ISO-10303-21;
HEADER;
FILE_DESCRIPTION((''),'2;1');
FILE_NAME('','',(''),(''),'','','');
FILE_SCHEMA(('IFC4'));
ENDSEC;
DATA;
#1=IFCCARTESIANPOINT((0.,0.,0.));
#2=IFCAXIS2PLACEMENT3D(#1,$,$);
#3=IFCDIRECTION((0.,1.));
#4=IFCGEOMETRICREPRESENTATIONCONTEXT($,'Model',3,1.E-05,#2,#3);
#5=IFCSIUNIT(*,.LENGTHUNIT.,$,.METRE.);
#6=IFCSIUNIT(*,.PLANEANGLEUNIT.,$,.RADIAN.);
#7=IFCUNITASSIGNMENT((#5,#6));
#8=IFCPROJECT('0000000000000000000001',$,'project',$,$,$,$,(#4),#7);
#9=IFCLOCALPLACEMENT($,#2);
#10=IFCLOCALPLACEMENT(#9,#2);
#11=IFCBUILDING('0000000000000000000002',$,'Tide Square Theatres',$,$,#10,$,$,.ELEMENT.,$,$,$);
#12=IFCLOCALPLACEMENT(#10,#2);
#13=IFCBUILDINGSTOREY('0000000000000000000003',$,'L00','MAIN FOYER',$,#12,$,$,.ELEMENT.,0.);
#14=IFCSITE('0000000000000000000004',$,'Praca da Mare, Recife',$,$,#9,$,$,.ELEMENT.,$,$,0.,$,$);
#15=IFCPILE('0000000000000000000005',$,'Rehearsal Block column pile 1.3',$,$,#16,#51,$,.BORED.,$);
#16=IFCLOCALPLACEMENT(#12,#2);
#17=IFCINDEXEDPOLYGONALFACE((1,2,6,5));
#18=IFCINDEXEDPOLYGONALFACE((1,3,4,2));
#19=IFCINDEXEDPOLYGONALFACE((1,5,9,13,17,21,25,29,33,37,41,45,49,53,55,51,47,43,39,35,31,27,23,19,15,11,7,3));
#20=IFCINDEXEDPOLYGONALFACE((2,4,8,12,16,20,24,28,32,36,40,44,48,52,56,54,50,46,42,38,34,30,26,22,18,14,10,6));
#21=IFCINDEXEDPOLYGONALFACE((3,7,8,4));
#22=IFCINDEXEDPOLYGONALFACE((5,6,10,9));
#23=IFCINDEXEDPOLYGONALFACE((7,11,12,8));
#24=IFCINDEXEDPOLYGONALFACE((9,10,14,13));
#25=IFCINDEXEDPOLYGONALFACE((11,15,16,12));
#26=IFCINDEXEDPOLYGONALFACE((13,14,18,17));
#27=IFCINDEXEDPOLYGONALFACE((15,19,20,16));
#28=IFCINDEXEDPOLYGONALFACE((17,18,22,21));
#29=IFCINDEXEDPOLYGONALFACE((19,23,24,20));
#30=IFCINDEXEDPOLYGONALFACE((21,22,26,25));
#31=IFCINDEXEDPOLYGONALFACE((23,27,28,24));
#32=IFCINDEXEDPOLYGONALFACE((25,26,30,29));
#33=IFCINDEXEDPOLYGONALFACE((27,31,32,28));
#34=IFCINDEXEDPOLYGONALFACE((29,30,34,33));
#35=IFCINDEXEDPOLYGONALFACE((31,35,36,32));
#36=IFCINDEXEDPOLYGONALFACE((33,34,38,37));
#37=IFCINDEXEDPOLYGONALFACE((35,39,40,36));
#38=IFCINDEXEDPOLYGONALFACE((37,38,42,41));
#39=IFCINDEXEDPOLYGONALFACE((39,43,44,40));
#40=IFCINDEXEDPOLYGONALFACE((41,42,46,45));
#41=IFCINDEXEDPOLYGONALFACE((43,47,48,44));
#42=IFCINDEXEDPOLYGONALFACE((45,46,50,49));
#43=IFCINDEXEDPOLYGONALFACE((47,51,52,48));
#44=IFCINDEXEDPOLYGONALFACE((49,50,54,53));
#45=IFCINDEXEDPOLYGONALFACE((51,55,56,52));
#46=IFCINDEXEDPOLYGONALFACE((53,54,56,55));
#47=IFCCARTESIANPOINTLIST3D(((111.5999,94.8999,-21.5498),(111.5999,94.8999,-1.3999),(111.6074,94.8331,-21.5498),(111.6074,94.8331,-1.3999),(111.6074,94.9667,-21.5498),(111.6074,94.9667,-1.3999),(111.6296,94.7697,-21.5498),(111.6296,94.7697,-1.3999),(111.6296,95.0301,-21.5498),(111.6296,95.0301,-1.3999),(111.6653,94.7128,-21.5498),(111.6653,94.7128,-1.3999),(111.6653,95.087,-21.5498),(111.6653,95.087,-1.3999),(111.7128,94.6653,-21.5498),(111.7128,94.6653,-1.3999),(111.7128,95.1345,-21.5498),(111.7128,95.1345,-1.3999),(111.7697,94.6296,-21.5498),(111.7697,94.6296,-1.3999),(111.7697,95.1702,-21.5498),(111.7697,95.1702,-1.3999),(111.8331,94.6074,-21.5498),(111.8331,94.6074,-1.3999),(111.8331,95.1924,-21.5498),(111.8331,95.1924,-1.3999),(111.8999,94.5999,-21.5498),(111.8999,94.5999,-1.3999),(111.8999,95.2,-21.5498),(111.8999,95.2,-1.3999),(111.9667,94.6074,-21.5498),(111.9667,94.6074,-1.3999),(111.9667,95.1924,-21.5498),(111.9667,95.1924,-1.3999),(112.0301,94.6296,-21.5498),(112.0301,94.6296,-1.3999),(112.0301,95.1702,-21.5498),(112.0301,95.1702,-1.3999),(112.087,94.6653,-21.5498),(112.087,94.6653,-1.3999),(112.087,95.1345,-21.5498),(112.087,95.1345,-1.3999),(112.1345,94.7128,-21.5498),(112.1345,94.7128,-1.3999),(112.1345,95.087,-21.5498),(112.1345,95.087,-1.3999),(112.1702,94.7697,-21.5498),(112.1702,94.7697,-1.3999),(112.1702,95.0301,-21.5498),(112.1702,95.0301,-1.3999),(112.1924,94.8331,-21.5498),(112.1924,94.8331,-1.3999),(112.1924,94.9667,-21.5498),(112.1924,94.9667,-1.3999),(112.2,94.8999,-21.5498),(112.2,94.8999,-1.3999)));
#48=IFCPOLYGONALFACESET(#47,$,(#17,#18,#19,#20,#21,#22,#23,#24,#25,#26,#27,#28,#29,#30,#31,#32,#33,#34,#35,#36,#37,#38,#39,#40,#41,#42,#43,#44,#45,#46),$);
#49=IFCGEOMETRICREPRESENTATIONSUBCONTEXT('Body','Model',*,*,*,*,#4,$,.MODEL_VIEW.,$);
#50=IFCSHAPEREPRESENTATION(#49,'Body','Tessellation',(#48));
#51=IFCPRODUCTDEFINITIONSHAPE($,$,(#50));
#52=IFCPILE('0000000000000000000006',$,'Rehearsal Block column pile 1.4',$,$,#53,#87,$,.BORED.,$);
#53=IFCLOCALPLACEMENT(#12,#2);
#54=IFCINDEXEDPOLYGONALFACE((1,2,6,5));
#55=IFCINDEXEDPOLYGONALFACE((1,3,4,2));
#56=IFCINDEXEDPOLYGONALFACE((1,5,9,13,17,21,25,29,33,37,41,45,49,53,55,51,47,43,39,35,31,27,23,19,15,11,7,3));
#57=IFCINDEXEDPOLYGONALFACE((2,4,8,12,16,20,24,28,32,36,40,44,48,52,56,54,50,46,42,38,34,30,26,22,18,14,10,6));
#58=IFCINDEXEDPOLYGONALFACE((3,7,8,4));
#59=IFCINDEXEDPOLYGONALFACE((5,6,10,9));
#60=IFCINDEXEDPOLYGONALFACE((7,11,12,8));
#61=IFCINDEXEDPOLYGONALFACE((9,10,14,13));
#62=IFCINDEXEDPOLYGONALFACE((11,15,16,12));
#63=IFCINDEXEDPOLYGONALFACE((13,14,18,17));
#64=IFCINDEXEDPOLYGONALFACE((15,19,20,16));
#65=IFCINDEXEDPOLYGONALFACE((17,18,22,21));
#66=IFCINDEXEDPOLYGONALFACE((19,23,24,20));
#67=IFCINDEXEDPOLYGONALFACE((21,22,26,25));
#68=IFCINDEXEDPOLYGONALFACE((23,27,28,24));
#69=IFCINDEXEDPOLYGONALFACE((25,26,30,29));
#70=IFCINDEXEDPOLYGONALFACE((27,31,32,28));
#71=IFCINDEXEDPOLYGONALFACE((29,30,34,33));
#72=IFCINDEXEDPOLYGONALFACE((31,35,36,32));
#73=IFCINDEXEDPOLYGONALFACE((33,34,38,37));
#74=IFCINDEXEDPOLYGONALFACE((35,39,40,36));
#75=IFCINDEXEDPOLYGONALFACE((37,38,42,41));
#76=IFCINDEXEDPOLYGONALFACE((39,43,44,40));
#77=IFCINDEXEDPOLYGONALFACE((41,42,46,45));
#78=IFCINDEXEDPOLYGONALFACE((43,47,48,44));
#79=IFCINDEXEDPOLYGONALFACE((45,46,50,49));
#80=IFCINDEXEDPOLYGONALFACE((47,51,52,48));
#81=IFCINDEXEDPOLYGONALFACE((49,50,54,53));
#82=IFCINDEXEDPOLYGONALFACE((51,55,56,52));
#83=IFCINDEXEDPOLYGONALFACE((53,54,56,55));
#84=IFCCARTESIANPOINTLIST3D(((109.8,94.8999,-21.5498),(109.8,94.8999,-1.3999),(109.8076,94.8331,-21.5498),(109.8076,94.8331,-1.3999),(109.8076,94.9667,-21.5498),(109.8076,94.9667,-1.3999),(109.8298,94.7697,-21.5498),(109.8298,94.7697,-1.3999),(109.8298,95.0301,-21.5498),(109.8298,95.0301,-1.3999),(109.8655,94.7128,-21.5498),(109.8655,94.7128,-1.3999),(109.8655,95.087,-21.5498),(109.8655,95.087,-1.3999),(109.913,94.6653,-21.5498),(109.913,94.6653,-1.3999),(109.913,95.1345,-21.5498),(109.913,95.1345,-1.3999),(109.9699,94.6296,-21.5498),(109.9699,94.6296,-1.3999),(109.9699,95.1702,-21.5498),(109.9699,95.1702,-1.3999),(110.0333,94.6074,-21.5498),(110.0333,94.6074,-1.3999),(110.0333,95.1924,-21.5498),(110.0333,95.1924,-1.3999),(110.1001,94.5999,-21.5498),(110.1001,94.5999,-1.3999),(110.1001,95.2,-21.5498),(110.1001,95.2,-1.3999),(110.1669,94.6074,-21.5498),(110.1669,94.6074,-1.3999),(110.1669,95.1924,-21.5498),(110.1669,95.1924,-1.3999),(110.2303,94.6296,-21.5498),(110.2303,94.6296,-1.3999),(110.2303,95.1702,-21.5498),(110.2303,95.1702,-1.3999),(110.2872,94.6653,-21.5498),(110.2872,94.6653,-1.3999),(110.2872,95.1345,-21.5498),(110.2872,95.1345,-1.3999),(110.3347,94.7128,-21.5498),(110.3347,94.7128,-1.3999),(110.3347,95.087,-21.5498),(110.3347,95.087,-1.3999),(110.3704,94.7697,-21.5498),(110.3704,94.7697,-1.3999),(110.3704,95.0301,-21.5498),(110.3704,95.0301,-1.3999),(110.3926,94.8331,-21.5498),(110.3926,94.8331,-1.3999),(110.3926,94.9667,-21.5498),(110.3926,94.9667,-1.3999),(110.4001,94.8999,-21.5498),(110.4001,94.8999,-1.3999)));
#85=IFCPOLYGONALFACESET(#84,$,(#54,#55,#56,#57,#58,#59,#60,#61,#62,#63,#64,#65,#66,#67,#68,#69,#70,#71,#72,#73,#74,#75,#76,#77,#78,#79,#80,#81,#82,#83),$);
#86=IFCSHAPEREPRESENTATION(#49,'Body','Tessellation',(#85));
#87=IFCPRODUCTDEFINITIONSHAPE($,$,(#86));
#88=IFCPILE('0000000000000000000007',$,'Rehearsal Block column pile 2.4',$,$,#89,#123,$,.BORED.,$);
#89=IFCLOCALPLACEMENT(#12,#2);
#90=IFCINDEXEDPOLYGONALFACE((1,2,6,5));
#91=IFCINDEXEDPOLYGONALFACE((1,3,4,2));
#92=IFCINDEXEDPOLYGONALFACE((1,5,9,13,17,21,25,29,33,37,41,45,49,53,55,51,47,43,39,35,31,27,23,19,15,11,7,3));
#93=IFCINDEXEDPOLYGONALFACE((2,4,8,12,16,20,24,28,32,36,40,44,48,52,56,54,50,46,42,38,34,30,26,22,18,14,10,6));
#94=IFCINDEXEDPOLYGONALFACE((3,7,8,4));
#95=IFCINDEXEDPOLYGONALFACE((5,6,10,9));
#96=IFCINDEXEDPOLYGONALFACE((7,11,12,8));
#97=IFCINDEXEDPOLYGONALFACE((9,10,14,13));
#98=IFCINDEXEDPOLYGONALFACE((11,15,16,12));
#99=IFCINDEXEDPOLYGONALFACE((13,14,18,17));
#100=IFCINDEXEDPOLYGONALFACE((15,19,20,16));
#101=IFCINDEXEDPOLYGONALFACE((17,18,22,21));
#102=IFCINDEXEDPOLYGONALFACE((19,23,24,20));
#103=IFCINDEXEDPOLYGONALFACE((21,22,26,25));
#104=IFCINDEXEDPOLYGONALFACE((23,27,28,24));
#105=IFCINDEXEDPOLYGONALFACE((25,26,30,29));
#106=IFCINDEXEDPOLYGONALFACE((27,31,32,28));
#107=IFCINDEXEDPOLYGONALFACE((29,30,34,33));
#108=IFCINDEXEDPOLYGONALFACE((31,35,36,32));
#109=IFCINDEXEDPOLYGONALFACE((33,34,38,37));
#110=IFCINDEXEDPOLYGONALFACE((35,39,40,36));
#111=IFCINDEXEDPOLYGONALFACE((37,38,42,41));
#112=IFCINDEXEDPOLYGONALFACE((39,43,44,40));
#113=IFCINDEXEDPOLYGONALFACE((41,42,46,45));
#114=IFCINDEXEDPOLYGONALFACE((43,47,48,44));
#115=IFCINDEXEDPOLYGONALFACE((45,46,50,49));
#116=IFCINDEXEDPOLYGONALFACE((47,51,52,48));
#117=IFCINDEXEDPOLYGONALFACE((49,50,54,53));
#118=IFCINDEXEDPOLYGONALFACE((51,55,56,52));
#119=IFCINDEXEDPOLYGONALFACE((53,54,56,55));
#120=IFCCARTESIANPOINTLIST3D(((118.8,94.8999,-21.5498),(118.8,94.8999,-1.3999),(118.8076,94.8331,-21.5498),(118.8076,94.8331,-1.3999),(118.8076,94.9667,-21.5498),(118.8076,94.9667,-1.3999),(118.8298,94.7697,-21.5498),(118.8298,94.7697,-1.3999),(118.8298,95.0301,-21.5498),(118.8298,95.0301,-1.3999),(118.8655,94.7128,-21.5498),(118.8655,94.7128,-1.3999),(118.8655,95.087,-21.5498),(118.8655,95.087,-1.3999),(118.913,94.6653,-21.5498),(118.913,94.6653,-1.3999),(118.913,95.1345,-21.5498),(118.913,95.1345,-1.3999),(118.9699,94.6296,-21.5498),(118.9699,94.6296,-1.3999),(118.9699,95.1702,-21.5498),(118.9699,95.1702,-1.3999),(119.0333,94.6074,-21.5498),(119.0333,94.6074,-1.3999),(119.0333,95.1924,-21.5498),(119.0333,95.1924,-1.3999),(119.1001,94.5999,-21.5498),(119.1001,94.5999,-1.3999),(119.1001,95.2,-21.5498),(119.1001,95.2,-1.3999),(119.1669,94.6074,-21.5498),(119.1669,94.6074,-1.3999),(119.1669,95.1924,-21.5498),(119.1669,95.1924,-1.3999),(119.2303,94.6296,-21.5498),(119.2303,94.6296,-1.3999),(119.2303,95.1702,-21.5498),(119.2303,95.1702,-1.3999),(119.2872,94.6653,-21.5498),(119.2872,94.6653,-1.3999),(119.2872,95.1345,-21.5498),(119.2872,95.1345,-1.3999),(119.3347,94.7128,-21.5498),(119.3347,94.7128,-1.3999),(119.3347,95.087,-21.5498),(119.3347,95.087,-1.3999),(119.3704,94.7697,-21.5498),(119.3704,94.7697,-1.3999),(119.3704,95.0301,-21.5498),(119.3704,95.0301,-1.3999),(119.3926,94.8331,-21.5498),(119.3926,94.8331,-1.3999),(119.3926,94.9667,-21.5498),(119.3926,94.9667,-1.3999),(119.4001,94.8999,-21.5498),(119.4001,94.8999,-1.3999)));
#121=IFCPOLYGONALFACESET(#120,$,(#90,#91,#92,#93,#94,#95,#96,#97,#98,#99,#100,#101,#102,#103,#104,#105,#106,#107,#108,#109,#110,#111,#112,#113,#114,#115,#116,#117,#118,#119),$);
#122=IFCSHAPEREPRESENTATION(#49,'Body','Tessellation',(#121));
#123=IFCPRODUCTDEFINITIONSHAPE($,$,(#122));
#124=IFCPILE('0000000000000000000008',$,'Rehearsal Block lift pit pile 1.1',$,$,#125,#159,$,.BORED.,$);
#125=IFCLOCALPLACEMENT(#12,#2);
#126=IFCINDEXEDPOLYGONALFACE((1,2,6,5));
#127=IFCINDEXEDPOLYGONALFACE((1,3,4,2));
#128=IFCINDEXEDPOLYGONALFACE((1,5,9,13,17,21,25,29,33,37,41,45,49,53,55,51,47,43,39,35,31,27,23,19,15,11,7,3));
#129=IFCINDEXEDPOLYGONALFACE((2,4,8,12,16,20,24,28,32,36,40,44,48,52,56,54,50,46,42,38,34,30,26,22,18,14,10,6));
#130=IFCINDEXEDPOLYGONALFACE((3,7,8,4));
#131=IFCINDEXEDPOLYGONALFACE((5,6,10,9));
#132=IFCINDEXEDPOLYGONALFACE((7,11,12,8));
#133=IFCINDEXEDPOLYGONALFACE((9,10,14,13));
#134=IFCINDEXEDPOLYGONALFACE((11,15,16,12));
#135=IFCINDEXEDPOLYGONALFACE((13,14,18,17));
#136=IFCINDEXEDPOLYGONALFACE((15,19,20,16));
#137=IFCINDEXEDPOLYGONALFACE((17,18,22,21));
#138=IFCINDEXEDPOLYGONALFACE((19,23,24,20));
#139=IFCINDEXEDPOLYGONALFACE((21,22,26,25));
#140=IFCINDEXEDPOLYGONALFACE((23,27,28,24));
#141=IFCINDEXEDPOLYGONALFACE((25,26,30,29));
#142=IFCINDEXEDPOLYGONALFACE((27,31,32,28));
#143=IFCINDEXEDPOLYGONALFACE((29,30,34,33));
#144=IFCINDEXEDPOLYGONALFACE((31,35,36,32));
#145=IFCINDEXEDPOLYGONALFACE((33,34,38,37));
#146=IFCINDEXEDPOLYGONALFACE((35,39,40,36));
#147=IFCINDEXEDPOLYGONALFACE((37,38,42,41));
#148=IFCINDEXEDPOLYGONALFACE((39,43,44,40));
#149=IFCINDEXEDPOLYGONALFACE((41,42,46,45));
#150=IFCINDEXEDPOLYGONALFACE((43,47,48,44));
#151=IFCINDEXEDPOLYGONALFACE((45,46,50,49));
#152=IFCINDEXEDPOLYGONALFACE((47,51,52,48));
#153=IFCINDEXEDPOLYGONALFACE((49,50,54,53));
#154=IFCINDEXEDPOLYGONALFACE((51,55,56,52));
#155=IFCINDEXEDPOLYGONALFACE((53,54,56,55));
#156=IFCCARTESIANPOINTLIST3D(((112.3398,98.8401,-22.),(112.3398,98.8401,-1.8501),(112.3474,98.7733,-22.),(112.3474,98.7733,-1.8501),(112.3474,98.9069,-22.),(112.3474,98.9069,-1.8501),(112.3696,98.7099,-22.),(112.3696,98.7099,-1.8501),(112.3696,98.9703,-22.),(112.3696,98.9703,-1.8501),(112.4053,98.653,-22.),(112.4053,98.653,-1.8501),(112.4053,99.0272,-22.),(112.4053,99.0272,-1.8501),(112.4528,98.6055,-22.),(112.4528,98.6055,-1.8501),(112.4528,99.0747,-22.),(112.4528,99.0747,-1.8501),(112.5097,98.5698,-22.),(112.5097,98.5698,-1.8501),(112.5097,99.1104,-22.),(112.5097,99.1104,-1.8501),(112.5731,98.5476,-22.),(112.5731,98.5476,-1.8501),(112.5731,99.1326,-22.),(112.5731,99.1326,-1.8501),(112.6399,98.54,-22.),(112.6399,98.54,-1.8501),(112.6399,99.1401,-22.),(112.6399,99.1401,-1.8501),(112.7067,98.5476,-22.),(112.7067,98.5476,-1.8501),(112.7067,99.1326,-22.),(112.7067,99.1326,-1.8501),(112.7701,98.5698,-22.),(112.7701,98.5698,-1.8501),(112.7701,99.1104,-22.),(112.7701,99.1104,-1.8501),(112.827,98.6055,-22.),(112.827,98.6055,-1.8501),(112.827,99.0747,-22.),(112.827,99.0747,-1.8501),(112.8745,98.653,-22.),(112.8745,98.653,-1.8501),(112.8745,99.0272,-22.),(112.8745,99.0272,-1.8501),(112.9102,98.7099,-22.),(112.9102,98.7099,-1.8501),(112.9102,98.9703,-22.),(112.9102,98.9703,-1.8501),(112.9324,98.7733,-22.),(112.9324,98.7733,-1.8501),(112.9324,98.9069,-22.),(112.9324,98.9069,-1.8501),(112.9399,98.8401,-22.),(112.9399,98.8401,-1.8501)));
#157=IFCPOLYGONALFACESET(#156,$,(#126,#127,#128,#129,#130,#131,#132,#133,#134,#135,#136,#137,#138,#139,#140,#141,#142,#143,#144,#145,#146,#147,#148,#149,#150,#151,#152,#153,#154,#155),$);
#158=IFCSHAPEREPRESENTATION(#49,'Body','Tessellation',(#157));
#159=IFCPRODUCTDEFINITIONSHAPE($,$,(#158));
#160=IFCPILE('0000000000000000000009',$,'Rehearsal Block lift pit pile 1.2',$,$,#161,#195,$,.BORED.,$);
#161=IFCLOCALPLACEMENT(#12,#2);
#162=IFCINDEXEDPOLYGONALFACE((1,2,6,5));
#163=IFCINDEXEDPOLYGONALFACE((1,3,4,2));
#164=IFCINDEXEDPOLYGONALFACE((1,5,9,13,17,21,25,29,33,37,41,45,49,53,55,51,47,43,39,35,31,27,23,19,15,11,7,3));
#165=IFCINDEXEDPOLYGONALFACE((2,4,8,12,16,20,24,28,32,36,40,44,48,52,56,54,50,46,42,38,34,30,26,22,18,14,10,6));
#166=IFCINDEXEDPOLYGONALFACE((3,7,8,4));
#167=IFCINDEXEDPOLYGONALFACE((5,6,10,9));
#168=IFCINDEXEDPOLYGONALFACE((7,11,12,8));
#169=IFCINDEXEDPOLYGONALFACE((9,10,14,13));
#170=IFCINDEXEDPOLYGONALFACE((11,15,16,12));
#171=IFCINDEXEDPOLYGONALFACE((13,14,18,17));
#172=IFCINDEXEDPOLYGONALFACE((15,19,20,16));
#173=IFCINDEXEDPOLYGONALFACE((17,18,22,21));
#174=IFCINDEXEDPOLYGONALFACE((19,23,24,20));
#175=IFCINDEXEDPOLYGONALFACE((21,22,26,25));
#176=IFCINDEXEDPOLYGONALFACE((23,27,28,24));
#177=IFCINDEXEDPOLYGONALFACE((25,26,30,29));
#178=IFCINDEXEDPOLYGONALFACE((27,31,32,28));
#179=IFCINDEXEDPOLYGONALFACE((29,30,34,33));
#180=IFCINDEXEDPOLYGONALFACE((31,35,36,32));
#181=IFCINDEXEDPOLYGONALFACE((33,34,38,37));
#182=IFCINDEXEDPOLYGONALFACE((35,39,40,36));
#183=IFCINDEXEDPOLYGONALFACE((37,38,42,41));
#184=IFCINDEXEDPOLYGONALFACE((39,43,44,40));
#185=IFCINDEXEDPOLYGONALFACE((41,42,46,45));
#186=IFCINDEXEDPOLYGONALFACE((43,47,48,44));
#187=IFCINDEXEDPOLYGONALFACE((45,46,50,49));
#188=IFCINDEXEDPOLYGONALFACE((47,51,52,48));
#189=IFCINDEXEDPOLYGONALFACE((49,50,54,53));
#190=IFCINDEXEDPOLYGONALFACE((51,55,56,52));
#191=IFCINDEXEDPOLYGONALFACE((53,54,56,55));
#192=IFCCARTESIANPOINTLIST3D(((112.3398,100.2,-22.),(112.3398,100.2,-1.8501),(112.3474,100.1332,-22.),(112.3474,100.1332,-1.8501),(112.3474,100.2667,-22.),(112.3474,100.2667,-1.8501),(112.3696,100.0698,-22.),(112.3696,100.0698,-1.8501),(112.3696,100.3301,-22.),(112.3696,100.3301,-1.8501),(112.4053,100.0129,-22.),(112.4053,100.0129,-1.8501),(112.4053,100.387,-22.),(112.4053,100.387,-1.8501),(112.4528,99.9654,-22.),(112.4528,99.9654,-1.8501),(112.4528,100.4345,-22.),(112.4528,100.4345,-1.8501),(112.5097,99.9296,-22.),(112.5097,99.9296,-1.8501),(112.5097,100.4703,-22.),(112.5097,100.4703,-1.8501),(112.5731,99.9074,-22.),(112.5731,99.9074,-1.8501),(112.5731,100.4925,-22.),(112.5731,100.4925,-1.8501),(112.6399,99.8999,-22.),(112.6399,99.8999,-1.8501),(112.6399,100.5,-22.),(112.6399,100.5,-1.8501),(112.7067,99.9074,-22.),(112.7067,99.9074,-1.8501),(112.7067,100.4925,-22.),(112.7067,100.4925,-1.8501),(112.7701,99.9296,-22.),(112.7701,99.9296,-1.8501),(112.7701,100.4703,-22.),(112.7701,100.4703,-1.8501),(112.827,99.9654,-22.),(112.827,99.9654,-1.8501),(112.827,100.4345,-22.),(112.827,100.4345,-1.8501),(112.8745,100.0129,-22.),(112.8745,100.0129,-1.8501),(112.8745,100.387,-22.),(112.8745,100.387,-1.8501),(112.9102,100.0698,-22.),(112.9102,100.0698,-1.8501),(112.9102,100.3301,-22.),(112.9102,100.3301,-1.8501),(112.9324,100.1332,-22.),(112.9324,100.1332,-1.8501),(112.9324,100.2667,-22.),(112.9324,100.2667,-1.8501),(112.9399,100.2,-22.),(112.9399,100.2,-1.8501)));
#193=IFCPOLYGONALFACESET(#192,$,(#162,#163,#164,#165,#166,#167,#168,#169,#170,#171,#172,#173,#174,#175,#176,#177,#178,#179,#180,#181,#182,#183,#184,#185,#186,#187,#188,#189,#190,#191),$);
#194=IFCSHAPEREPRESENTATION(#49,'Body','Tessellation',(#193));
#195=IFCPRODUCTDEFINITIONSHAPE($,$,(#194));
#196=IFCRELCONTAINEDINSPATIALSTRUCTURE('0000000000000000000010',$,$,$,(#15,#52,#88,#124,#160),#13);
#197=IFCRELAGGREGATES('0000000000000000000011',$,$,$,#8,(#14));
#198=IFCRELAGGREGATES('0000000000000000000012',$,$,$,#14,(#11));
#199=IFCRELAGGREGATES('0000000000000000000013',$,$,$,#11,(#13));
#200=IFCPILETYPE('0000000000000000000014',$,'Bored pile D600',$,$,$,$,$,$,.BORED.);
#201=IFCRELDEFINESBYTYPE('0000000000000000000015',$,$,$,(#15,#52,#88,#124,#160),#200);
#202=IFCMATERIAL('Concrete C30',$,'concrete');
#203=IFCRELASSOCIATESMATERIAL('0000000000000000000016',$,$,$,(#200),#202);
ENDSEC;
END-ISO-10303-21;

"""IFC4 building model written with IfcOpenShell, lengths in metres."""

from ifc_helpers import new_model, si_unit, direction, frame, origin, origin_2d, place, context, subcontext, project, spatial, circle, extrude, material, material_profile, profile_set, type_object, element, save


model = new_model("IFC4")

# Units and contexts
model_context = context("Model", 3, precision=1e-05, world=origin(), true_north=direction((0.0, 1.0)))
body_context = subcontext(model_context, "Body", "Model", "MODEL_VIEW")
ifc_project = project(units=[si_unit("LENGTHUNIT", "METRE"), si_unit("PLANEANGLEUNIT", "RADIAN")], contexts=[model_context])

# Site, building, storey
site_placement = place(None, origin())
site = spatial("IfcSite", under=ifc_project, at=site_placement, Name="Praca da Mare, Recife", CompositionType="ELEMENT", RefElevation=0.0)
building_placement = place(site_placement, origin())
building = spatial("IfcBuilding", under=site, at=building_placement, Name="Tide Square Theatres", CompositionType="ELEMENT")
storey_placement = place(building_placement, origin())
storey = spatial("IfcBuildingStorey", under=building, at=storey_placement, Name="L00", Description="MAIN FOYER", CompositionType="ELEMENT", Elevation=0.0)

# Piles
ifc_material_1 = material(Name="Concrete C30", Category="concrete")
ifc_material_profile_1 = material_profile(ifc_material_1, circle(Radius=0.3, at=origin_2d()))
ifc_profile_set_1 = profile_set([ifc_material_profile_1], Name="Concrete C30")
pile_type = type_object("IfcPileType", Name="Bored pile D600", PredefinedType="BORED", material=ifc_profile_set_1)
for number, where, z_axis, x_axis, name in (
    (1, (111.8999, 94.8999, -1.3999), (0.0, 0.0, -1.0), (1.0, 0.0, 0.0), "Rehearsal Block column pile 1.3"),
    (2, (110.1001, 94.8999, -1.3999), (0.0, 0.0, -1.0), (1.0, 0.0, 0.0), "Rehearsal Block column pile 1.4"),
    (3, (119.1001, 94.8999, -1.3999), (0.0, 0.0, -1.0), (1.0, 0.0, 0.0), "Rehearsal Block column pile 2.4"),
    (4, (112.6399, 98.8401, -1.8501), (0.0, 0.0, -1.0), (1.0, 0.0, 0.0), "Rehearsal Block lift pit pile 1.1"),
    (5, (112.6399, 100.2, -1.8501), (0.0, 0.0, -1.0), (1.0, 0.0, 0.0), "Rehearsal Block lift pit pile 1.2"),
):
    element("IfcPile", number, at=place(storey_placement, frame(where, z_axis=z_axis, x_axis=x_axis)), inside=storey, type_object=pile_type, Name=name, PredefinedType="BORED", context=body_context, shape_type="SweptSolid", body=[
        extrude(circle(Radius=0.3, at=origin_2d()), origin(), (0.0, 0.0, 1.0), 20.1499),
    ])

save(model, "model.ifc")
